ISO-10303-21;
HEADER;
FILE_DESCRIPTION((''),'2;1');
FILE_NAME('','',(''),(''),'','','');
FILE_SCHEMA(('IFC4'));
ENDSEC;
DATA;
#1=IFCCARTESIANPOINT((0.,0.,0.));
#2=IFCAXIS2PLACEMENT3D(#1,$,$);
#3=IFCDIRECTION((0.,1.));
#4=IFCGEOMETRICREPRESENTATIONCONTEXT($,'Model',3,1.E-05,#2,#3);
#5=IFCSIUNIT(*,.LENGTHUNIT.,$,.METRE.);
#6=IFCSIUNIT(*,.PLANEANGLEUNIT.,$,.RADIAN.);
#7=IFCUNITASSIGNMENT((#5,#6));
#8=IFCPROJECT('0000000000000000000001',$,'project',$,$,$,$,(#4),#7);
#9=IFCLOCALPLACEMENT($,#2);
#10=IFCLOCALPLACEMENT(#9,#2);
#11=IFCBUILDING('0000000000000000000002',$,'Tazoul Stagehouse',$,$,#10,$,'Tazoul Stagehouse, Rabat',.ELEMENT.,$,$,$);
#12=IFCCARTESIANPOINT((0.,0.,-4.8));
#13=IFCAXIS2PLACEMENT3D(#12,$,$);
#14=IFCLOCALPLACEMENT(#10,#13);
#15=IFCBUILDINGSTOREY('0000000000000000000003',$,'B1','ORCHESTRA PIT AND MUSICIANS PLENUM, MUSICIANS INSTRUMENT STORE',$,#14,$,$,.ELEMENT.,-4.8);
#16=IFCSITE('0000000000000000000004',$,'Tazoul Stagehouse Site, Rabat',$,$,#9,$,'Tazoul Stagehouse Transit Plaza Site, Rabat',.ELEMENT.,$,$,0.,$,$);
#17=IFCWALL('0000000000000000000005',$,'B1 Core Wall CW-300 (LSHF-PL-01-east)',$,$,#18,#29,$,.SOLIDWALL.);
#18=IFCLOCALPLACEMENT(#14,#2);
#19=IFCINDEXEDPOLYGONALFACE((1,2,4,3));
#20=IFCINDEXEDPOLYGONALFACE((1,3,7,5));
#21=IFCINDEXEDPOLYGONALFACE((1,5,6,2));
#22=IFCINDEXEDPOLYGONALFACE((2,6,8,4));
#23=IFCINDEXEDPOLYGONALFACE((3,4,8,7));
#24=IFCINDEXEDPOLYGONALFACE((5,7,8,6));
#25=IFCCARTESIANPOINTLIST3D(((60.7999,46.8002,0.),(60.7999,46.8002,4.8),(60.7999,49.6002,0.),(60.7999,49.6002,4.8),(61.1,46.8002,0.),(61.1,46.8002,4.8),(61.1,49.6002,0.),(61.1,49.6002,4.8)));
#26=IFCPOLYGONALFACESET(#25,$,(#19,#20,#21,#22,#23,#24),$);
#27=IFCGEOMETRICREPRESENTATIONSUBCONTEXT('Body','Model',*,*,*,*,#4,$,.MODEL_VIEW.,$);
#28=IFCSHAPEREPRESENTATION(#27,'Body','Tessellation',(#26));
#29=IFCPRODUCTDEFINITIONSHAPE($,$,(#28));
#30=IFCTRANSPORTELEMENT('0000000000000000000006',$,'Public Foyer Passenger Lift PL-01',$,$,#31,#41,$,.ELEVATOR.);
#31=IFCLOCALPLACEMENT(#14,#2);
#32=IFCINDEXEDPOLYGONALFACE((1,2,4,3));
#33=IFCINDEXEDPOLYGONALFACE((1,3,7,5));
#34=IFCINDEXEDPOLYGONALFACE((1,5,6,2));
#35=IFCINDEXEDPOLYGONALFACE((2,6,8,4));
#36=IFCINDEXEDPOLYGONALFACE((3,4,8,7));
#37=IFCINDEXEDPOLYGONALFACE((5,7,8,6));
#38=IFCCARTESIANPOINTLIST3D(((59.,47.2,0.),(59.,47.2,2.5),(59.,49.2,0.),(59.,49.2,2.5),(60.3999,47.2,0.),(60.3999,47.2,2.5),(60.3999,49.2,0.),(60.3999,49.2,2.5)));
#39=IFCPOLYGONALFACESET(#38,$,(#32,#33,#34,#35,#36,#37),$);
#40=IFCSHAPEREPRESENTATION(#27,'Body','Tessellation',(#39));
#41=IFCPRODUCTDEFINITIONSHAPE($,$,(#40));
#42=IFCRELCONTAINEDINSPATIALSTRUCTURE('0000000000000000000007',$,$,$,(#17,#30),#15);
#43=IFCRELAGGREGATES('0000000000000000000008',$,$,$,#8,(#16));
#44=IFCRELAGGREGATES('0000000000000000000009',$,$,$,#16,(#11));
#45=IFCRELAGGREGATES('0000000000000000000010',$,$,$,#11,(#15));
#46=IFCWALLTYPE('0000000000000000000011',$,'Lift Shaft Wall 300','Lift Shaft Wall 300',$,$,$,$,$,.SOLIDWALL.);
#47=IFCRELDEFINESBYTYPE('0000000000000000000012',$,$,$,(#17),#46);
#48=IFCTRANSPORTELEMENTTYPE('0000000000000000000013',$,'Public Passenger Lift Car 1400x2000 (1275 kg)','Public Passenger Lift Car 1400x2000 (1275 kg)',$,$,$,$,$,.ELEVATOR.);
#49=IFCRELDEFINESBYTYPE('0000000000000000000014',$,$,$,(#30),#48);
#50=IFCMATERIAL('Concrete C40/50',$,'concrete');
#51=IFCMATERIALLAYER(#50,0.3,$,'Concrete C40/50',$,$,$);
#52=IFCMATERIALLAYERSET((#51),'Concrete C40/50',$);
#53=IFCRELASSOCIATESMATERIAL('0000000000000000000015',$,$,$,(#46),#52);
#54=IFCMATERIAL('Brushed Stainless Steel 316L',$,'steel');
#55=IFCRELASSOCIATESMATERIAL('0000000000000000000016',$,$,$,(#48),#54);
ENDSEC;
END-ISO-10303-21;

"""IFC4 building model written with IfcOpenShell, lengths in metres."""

from ifc_helpers import new_model, si_unit, direction, frame, frame_2d, origin, origin_2d, place, context, subcontext, project, spatial, rectangle, extrude, material, layer, layer_set, type_object, element, save


model = new_model("IFC4")

# Units and contexts
model_context = context("Model", 3, precision=1e-05, world=origin(), true_north=direction((0.0, 1.0)))
body_context = subcontext(model_context, "Body", "Model", "MODEL_VIEW")
ifc_project = project(units=[si_unit("LENGTHUNIT", "METRE"), si_unit("PLANEANGLEUNIT", "RADIAN")], contexts=[model_context])

# Site, building, storey
site_placement = place(None, origin())
site = spatial("IfcSite", under=ifc_project, at=site_placement, Name="Tazoul Stagehouse Site, Rabat", LongName="Tazoul Stagehouse Transit Plaza Site, Rabat", CompositionType="ELEMENT", RefElevation=0.0)
building_placement = place(site_placement, origin())
building = spatial("IfcBuilding", under=site, at=building_placement, Name="Tazoul Stagehouse", LongName="Tazoul Stagehouse, Rabat", CompositionType="ELEMENT")
storey_placement = place(building_placement, frame((0.0, 0.0, -4.8)))
storey = spatial("IfcBuildingStorey", under=building, at=storey_placement, Name="B1", Description="ORCHESTRA PIT AND MUSICIANS PLENUM, MUSICIANS INSTRUMENT STORE", CompositionType="ELEMENT", Elevation=-4.8)

# Shared definitions
ifc_material_1 = material(Name="Concrete C40/50", Category="concrete")

# Shared definitions
ifc_layer_1 = layer(ifc_material_1, 0.3, Name="Concrete C40/50")
ifc_layer_set_1 = layer_set([ifc_layer_1], Name="Concrete C40/50")
wall_type_1 = type_object("IfcWallType", Name="Lift Shaft Wall 300", Description="Lift Shaft Wall 300", PredefinedType="SOLIDWALL", material=ifc_layer_set_1)

# Wall
wall_1_placement = place(storey_placement, frame((60.95, 49.6001, 0.0), z_axis=(0.0, 0.0, 1.0), x_axis=(0.0, -1.0, 0.0)))
element("IfcWall", 1, at=wall_1_placement, inside=storey, type_object=wall_type_1, Name="B1 Core Wall CW-300 (LSHF-PL-01-east)", PredefinedType="SOLIDWALL", context=body_context, shape_type="SweptSolid", body=[
    extrude(rectangle(XDim=2.8, YDim=0.3, at=frame_2d((1.3999, 0.0))), origin(), (0.0, 0.0, 1.0), 4.8),
])

# Transport element
ifc_material_2 = material(Name="Brushed Stainless Steel 316L", Category="steel")
transport_element_type = type_object("IfcTransportElementType", Name="Public Passenger Lift Car 1400x2000 (1275 kg)", Description="Public Passenger Lift Car 1400x2000 (1275 kg)", PredefinedType="ELEVATOR", material=ifc_material_2)
transport_element_placement = place(storey_placement, frame((59.7, 48.2, 0.0), z_axis=(0.0, 0.0, 1.0), x_axis=(1.0, 0.0, 0.0)))
element("IfcTransportElement", 2, at=transport_element_placement, inside=storey, type_object=transport_element_type, Name="Public Foyer Passenger Lift PL-01", PredefinedType="ELEVATOR", context=body_context, shape_type="SweptSolid", body=[
    extrude(rectangle(XDim=1.3999, YDim=2.0, at=origin_2d()), origin(), (0.0, 0.0, 1.0), 2.5),
])

save(model, "model.ifc")
